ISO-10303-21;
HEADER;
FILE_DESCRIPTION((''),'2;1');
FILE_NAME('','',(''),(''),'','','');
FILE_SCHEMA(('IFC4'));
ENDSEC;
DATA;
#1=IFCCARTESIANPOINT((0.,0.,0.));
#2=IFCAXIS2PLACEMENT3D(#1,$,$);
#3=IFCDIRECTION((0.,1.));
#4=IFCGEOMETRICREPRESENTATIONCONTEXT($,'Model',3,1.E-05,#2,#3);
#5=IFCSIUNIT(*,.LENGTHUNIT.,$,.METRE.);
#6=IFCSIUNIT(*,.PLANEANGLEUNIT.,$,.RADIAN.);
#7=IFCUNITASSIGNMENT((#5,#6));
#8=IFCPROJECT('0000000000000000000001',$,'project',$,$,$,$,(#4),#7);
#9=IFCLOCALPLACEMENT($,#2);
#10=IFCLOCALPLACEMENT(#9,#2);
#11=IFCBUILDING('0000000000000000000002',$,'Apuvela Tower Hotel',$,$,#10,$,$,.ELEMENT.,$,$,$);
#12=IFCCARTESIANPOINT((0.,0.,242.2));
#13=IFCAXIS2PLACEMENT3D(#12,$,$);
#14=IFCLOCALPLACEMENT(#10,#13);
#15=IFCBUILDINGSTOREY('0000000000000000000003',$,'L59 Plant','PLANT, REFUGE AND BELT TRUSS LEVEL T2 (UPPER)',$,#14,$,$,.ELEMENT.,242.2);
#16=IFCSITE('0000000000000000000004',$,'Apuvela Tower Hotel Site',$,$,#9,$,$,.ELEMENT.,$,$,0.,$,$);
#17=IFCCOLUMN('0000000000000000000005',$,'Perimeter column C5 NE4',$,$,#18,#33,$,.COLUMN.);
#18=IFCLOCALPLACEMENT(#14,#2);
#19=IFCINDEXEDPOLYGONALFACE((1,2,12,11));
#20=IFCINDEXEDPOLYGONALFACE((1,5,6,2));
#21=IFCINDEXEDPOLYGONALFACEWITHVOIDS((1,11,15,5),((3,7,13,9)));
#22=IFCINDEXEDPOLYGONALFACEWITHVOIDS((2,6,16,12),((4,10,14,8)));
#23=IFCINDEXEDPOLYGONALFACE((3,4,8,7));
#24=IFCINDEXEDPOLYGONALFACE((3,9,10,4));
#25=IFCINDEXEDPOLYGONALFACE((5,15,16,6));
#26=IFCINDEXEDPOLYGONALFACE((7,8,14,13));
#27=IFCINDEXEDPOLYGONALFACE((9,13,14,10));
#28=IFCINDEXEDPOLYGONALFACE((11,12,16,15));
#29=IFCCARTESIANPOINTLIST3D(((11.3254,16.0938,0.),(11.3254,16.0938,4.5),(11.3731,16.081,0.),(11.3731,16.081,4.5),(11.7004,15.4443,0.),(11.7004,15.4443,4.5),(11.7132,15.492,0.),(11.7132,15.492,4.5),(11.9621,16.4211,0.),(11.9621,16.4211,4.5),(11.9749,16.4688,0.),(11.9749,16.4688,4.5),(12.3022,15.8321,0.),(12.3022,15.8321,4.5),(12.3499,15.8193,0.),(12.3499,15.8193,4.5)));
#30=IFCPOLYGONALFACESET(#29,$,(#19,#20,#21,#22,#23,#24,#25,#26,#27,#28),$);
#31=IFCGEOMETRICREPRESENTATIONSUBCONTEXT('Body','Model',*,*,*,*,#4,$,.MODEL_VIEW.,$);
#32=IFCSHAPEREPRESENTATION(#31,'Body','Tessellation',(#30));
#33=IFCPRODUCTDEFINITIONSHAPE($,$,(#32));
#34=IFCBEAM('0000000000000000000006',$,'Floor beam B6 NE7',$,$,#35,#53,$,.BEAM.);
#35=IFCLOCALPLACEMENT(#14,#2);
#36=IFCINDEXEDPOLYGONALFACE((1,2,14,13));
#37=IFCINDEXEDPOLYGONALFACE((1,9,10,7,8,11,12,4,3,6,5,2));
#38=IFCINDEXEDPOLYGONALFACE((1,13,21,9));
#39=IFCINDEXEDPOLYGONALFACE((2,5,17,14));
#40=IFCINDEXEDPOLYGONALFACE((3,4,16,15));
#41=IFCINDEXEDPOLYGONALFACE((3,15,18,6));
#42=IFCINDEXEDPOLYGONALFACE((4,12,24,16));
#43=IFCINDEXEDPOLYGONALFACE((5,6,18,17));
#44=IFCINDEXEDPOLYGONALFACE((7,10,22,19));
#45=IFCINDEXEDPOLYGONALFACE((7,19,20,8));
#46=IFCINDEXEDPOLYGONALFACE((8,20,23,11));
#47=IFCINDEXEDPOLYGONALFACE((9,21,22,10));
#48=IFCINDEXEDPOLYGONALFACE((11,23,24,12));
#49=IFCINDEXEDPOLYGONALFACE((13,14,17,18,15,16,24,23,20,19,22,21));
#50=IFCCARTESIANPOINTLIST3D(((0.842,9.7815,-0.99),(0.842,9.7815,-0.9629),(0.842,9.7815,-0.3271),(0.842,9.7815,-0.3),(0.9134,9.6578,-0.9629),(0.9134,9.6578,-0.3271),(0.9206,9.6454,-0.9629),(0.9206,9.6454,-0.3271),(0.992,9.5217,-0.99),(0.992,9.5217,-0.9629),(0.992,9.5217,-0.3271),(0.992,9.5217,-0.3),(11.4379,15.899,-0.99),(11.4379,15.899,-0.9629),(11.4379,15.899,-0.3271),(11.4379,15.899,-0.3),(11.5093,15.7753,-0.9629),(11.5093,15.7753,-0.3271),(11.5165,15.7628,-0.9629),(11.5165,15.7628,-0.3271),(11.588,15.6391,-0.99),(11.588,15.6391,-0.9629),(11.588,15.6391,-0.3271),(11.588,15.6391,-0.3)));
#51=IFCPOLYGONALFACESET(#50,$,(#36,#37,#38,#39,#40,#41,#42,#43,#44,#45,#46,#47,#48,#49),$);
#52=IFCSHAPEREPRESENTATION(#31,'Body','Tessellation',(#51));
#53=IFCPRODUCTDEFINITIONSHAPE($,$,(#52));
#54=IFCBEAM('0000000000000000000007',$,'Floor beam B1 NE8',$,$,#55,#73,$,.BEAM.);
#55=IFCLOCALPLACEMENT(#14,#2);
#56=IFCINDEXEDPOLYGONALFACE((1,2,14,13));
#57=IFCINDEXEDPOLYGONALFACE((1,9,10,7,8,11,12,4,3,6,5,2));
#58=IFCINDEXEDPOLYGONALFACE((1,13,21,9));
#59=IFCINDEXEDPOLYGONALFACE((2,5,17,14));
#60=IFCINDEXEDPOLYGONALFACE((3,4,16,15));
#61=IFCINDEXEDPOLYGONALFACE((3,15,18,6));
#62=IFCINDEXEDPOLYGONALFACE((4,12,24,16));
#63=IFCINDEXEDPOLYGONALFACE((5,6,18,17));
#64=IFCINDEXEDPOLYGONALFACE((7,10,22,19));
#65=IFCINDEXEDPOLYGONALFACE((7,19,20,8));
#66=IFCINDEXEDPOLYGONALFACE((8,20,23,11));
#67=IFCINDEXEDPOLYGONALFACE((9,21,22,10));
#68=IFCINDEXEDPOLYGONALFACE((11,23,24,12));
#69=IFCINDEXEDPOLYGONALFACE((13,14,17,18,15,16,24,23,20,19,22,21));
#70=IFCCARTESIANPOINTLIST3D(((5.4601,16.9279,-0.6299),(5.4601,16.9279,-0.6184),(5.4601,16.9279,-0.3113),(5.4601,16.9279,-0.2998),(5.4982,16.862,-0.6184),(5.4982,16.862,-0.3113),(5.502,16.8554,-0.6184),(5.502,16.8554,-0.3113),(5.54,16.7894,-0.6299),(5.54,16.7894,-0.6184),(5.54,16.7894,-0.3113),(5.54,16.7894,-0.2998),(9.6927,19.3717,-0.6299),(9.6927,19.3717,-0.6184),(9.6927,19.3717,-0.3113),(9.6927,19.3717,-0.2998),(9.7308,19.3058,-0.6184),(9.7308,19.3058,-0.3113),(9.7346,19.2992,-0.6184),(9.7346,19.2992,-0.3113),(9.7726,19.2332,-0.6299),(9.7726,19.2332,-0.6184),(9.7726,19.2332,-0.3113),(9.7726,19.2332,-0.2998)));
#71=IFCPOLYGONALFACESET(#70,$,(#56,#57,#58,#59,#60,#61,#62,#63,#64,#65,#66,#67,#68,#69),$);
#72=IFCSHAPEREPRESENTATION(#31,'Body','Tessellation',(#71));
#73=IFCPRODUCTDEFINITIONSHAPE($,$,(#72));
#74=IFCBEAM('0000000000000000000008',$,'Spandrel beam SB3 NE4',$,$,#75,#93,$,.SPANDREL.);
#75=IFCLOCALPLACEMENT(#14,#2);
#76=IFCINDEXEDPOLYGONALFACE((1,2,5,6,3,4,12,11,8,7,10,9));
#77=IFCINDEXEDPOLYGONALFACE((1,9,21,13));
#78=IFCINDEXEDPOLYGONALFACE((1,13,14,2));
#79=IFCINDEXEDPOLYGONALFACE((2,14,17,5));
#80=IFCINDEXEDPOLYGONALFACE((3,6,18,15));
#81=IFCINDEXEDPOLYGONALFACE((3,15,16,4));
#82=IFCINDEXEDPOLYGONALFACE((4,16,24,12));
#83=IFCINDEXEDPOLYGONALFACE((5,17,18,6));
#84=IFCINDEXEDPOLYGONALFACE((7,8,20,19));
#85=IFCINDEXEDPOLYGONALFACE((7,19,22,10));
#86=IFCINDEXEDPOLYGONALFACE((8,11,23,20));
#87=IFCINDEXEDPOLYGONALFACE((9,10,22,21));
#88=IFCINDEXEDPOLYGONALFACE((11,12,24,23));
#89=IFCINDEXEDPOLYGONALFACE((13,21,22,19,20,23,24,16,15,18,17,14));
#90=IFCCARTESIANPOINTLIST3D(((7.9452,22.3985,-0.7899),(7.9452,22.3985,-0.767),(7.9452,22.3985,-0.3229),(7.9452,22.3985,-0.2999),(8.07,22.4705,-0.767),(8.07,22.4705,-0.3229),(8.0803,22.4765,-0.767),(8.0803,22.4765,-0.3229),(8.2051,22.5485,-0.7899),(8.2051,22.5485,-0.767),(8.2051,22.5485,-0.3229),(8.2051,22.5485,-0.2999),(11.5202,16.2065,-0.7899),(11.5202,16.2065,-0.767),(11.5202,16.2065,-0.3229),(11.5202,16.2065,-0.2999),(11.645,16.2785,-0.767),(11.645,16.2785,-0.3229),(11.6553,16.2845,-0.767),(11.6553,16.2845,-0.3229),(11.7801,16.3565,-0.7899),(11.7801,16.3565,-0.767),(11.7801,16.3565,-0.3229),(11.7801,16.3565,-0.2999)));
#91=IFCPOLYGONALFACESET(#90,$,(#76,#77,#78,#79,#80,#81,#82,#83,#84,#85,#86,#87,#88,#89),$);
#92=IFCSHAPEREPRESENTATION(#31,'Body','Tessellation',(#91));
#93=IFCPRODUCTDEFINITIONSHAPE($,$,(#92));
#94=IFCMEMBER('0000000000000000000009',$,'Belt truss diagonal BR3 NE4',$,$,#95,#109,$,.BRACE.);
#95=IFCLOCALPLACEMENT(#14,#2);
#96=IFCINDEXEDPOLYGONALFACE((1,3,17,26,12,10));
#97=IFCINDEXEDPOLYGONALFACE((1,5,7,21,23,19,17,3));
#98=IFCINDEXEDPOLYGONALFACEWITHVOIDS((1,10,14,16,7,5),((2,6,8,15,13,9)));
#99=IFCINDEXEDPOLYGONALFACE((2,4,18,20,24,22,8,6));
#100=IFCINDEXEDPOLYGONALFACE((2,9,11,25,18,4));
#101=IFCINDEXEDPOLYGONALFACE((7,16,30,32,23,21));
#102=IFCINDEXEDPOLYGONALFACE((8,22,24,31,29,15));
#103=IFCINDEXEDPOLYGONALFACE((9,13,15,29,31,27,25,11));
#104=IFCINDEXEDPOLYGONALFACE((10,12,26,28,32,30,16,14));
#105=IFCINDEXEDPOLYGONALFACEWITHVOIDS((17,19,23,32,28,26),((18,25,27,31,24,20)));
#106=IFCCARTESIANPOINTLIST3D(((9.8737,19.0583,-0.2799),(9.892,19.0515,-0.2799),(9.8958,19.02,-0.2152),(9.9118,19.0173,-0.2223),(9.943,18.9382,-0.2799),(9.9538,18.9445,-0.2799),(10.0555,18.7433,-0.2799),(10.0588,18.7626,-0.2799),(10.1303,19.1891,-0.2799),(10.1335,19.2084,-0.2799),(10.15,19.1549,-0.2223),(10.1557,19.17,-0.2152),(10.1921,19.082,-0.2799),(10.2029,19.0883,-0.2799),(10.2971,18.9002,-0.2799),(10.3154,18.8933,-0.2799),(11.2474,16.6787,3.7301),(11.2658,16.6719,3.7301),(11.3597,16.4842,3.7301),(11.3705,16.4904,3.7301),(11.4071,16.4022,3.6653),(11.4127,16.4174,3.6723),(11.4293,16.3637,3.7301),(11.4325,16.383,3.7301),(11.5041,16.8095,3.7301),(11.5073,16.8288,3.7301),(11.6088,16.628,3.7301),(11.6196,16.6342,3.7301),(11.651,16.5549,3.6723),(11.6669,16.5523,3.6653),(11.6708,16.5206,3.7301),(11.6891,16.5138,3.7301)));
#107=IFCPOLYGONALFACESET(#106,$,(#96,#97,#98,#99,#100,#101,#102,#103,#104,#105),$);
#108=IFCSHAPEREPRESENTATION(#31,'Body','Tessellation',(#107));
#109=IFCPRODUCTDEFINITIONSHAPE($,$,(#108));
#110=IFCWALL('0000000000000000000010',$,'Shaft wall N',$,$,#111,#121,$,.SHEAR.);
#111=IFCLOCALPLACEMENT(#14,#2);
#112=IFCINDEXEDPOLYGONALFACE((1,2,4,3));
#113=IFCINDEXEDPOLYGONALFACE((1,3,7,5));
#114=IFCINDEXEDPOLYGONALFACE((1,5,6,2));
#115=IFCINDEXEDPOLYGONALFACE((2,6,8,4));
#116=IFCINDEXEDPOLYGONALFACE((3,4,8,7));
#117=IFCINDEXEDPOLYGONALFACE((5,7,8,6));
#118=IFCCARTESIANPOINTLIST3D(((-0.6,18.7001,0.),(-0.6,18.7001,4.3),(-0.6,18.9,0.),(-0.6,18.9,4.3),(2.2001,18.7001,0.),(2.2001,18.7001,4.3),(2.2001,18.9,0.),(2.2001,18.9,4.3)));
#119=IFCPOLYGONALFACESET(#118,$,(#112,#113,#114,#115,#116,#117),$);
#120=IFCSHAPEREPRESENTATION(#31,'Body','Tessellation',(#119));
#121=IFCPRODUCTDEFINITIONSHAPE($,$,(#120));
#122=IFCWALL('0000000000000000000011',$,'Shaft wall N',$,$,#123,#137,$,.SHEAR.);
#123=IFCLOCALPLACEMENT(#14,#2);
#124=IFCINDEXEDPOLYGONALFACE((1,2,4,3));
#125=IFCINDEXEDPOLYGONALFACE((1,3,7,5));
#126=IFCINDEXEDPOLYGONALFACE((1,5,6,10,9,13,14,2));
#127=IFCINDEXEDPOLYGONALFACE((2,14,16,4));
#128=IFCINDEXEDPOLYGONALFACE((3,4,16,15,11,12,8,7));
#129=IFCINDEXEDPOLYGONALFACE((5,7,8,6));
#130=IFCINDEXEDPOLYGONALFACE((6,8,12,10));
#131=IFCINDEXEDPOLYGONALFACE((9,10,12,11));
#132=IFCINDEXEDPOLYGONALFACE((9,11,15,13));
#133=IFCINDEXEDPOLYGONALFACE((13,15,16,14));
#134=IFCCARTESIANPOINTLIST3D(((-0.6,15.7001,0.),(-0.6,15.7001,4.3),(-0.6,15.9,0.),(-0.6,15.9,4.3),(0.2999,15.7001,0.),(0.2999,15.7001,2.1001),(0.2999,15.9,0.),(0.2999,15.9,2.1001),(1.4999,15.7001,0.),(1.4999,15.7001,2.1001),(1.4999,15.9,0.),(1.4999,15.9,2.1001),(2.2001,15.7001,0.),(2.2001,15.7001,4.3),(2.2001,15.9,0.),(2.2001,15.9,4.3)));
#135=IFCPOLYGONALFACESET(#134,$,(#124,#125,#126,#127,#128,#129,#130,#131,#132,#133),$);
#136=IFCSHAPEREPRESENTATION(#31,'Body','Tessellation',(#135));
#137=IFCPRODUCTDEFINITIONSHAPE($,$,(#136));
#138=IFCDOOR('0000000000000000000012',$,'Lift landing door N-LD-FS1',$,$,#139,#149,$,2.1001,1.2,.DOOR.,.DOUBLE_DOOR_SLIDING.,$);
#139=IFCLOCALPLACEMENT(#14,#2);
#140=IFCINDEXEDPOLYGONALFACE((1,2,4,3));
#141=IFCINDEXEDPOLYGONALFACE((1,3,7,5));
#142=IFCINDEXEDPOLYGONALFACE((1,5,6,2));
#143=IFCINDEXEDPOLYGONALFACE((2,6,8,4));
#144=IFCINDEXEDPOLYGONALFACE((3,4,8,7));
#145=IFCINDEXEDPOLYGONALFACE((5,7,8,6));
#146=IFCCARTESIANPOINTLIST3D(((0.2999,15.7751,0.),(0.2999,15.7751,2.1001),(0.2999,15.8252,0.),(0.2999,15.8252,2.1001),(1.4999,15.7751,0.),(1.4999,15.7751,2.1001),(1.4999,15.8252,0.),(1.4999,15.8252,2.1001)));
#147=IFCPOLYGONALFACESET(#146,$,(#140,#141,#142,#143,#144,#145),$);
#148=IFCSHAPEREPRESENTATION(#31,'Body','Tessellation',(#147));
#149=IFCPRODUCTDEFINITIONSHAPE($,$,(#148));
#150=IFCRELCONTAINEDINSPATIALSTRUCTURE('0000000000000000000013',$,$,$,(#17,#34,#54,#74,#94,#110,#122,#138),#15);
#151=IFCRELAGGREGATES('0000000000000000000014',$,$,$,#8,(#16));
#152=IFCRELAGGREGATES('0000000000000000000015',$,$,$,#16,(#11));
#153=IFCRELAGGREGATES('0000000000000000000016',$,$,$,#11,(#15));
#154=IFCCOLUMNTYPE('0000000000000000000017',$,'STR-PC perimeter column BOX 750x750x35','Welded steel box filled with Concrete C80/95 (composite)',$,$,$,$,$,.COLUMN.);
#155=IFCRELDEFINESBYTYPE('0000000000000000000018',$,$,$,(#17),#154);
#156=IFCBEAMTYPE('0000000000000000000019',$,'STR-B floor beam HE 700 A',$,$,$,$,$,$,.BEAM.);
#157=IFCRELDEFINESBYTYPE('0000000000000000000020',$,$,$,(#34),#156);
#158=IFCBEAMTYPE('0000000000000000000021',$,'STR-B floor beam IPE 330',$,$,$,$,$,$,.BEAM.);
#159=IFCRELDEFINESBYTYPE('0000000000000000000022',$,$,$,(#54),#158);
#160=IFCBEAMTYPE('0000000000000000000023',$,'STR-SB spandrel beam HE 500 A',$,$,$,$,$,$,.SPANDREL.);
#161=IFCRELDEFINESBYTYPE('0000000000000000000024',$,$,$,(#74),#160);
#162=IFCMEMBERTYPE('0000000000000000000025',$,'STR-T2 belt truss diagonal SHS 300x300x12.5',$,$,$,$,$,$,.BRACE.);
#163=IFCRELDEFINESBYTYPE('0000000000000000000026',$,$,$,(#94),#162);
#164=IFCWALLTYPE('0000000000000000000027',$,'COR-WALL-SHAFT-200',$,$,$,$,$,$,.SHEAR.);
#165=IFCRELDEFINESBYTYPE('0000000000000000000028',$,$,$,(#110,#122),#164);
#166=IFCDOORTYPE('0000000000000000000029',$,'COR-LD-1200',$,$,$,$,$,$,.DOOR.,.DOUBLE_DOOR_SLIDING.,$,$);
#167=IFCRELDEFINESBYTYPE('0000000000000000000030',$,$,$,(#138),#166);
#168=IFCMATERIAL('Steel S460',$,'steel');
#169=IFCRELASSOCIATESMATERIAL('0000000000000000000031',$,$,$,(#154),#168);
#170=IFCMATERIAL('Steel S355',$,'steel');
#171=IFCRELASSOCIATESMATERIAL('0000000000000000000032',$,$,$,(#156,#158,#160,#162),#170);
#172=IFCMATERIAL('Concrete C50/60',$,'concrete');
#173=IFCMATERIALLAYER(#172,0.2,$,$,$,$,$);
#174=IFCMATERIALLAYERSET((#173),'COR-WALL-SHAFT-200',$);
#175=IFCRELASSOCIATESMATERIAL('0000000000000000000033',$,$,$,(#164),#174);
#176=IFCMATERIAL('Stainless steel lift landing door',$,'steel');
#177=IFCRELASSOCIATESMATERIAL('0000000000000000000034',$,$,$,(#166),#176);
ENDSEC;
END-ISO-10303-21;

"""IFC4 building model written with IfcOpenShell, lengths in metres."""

from ifc_helpers import new_model, si_unit, direction, frame, frame_2d, origin, origin_2d, place, context, subcontext, project, spatial, rectangle, hollow_rectangle, i_section, extrude, boolean, halfspace, material, layer, layer_set, material_profile, profile_set, type_object, element, fill, save


model = new_model("IFC4")

# Units and contexts
model_context = context("Model", 3, precision=1e-05, world=origin(), true_north=direction((0.0, 1.0)))
body_context = subcontext(model_context, "Body", "Model", "MODEL_VIEW")
ifc_project = project(units=[si_unit("LENGTHUNIT", "METRE"), si_unit("PLANEANGLEUNIT", "RADIAN")], contexts=[model_context])

# Site, building, storey
site_placement = place(None, origin())
site = spatial("IfcSite", under=ifc_project, at=site_placement, Name="Apuvela Tower Hotel Site", CompositionType="ELEMENT", RefElevation=0.0)
building_placement = place(site_placement, origin())
building = spatial("IfcBuilding", under=site, at=building_placement, Name="Apuvela Tower Hotel", CompositionType="ELEMENT")
storey_placement = place(building_placement, frame((0.0, 0.0, 242.2)))
storey = spatial("IfcBuildingStorey", under=building, at=storey_placement, Name="L59 Plant", Description="PLANT, REFUGE AND BELT TRUSS LEVEL T2 (UPPER)", CompositionType="ELEMENT", Elevation=242.2)

# Column
ifc_material_1 = material(Name="Steel S460", Category="steel")
ifc_material_profile_1 = material_profile(ifc_material_1, hollow_rectangle(XDim=0.75, YDim=0.75, WallThickness=0.0349, at=origin_2d()), Name="BOX 750x750x35")
ifc_material_2 = material(Name="Concrete C80/95", Category="concrete")
ifc_material_profile_2 = material_profile(ifc_material_2, rectangle(XDim=0.6799, YDim=0.6799, at=origin_2d()), Name="Concrete C80/95 infill")
ifc_profile_set_1 = profile_set([ifc_material_profile_1, ifc_material_profile_2], Name="Steel S460")
column_type = type_object("IfcColumnType", Name="STR-PC perimeter column BOX 750x750x35", Description="Welded steel box filled with Concrete C80/95 (composite)", PredefinedType="COLUMN", material=ifc_profile_set_1)
column_placement = place(storey_placement, frame((11.8376, 15.9565, 0.0), z_axis=(0.0, 0.0, 1.0), x_axis=(-0.5, 0.866025, 0.0)))
element("IfcColumn", 1, at=column_placement, inside=storey, type_object=column_type, Name="Perimeter column C5 NE4", PredefinedType="COLUMN", context=body_context, shape_type="SweptSolid", body=[
    extrude(hollow_rectangle(XDim=0.75, YDim=0.75, WallThickness=0.0349, at=origin_2d()), origin(), (0.0, 0.0, 1.0), 4.5),
])

# Beams
ifc_material_3 = material(Name="Steel S355", Category="steel")
ifc_material_profile_3 = material_profile(ifc_material_3, i_section(OverallWidth=0.3, OverallDepth=0.6899, WebThickness=0.0144, FlangeThickness=0.0271, at=origin_2d()), Name="HE 700 A")
ifc_profile_set_2 = profile_set([ifc_material_profile_3], Name="Steel S355")
beam_type_1 = type_object("IfcBeamType", Name="STR-B floor beam HE 700 A", PredefinedType="BEAM", material=ifc_profile_set_2)
beam_1_placement = place(storey_placement, frame((11.5129, 15.769, -0.645), z_axis=(-0.86603, -0.499991, 0.0), x_axis=(0.499991, -0.86603, 0.0)))
element("IfcBeam", 2, at=beam_1_placement, inside=storey, type_object=beam_type_1, Name="Floor beam B6 NE7", PredefinedType="BEAM", context=body_context, shape_type="SweptSolid", body=[
    extrude(i_section(OverallWidth=0.3, OverallDepth=0.6899, WebThickness=0.0144, FlangeThickness=0.0271, at=origin_2d()), origin(), (0.0, 0.0, 1.0), 12.2351),
])
ifc_material_profile_4 = material_profile(ifc_material_3, i_section(OverallWidth=0.1599, OverallDepth=0.3301, WebThickness=0.0076, FlangeThickness=0.0115, at=origin_2d()), Name="IPE 330")
ifc_profile_set_3 = profile_set([ifc_material_profile_4], Name="Steel S355")
beam_type_2 = type_object("IfcBeamType", Name="STR-B floor beam IPE 330", PredefinedType="BEAM", material=ifc_profile_set_3)
beam_2_placement = place(storey_placement, frame((9.7327, 19.3025, -0.4648), z_axis=(-0.866015, -0.500018, 0.0), x_axis=(0.500018, -0.866015, 0.0)))
element("IfcBeam", 3, at=beam_2_placement, inside=storey, type_object=beam_type_2, Name="Floor beam B1 NE8", PredefinedType="BEAM", context=body_context, shape_type="SweptSolid", body=[
    extrude(i_section(OverallWidth=0.1599, OverallDepth=0.3301, WebThickness=0.0076, FlangeThickness=0.0115, at=origin_2d()), origin(), (0.0, 0.0, 1.0), 4.8875),
])
ifc_material_profile_5 = material_profile(ifc_material_3, i_section(OverallWidth=0.3, OverallDepth=0.49, WebThickness=0.012, FlangeThickness=0.0229, at=origin_2d()), Name="HE 500 A")
ifc_profile_set_4 = profile_set([ifc_material_profile_5], Name="Steel S355")
beam_type_3 = type_object("IfcBeamType", Name="STR-SB spandrel beam HE 500 A", PredefinedType="SPANDREL", material=ifc_profile_set_4)
beam_3_placement = place(storey_placement, frame((11.6501, 16.2815, -0.5449), z_axis=(-0.500006, 0.866022, 0.0), x_axis=(-0.866022, -0.500006, 0.0)))
element("IfcBeam", 4, at=beam_3_placement, inside=storey, type_object=beam_type_3, Name="Spandrel beam SB3 NE4", PredefinedType="SPANDREL", context=body_context, shape_type="SweptSolid", body=[
    extrude(i_section(OverallWidth=0.3, OverallDepth=0.49, WebThickness=0.012, FlangeThickness=0.0229, at=origin_2d()), origin(), (0.0, 0.0, 1.0), 7.1499),
])

# Member
ifc_material_profile_6 = material_profile(ifc_material_3, hollow_rectangle(XDim=0.3, YDim=0.3, WallThickness=0.0125, at=origin_2d()), Name="SHS 300x300x12.5")
ifc_profile_set_5 = profile_set([ifc_material_profile_6], Name="Steel S355")
member_type = type_object("IfcMemberType", Name="STR-T2 belt truss diagonal SHS 300x300x12.5", PredefinedType="BRACE", material=ifc_profile_set_5)
member_placement = place(storey_placement, frame((10.0876, 18.9878, -0.3), z_axis=(0.282601, -0.489518, 0.82493), x_axis=(-0.412441, 0.714424, 0.565235)))
solid = boolean("DIFFERENCE", boolean("DIFFERENCE", extrude(hollow_rectangle(XDim=0.3, YDim=0.3, WallThickness=0.0125, at=origin_2d()), frame((0.0, 0.0, -0.2229)), (0.0, 0.0, 1.0), 5.3552), halfspace(frame((0.0, 0.0, 0.0244), z_axis=(0.565235, 0.0, 0.82493), x_axis=(0.82493, 0.0, -0.565235)), True)), halfspace(frame((0.0, 0.0, 4.8855), z_axis=(0.565235, 0.0, 0.82493), x_axis=(0.82493, 0.0, -0.565235)), False))
element("IfcMember", 5, at=member_placement, inside=storey, type_object=member_type, Name="Belt truss diagonal BR3 NE4", PredefinedType="BRACE", context=body_context, shape_type="SweptSolid", body=[
    boolean("UNION", boolean("DIFFERENCE", boolean("DIFFERENCE", extrude(hollow_rectangle(XDim=0.3, YDim=0.3, WallThickness=0.0125, at=origin_2d()), origin(), (0.0, 0.0, 1.0), 4.9097), halfspace(frame((0.0, 0.0, 0.0244), z_axis=(0.565235, 0.0, 0.82493), x_axis=(0.82493, 0.0, -0.565235)), True)), halfspace(frame((0.0, 0.0, 4.8855), z_axis=(0.565235, 0.0, 0.82493), x_axis=(0.82493, 0.0, -0.565235)), False)), solid),
])

# Wall
ifc_material_4 = material(Name="Concrete C50/60", Category="concrete")
ifc_layer_1 = layer(ifc_material_4, 0.2)
ifc_layer_set_1 = layer_set([ifc_layer_1], Name="COR-WALL-SHAFT-200")
wall_type_1 = type_object("IfcWallType", Name="COR-WALL-SHAFT-200", PredefinedType="SHEAR", material=ifc_layer_set_1)
wall_1_placement = place(storey_placement, frame((2.2, 18.8, 0.0), z_axis=(0.0, 0.0, 1.0), x_axis=(-1.0, 0.0, 0.0)))
element("IfcWall", 6, at=wall_1_placement, inside=storey, type_object=wall_type_1, Name="Shaft wall N", PredefinedType="SHEAR", context=body_context, shape_type="SweptSolid", body=[
    extrude(rectangle(XDim=2.8, YDim=0.2, at=frame_2d((1.3999, 0.0))), origin(), (0.0, 0.0, 1.0), 4.3),
])

# Wall, opening, door
wall_2_placement = place(storey_placement, frame((2.2, 15.8, 0.0), z_axis=(0.0, 0.0, 1.0), x_axis=(-1.0, 0.0, 0.0)))
wall_2 = element("IfcWall", 7, at=wall_2_placement, inside=storey, type_object=wall_type_1, Name="Shaft wall N", PredefinedType="SHEAR", context=body_context, shape_type="SweptSolid", body=[
    extrude(rectangle(XDim=2.8, YDim=0.2, at=frame_2d((1.3999, 0.0))), origin(), (0.0, 0.0, 1.0), 4.3),
])
opening_1_placement = place(wall_2_placement, frame((0.7, 0.0, 0.0)))
opening_1 = element("IfcOpeningElement", 8, at=opening_1_placement, cuts=wall_2, PredefinedType="OPENING", context=body_context, shape_type="SweptSolid", body=[
    extrude(rectangle(XDim=1.2, YDim=2.1001, at=frame_2d((0.6001, 1.05))), frame((0.0, 0.1099, 0.0), z_axis=(0.0, -1.0, 0.0), x_axis=(1.0, 0.0, 0.0)), (0.0, 0.0, 1.0), 0.22),
])
ifc_material_5 = material(Name="Stainless steel lift landing door", Category="steel")
door_type_1 = type_object("IfcDoorType", Name="COR-LD-1200", OperationType="DOUBLE_DOOR_SLIDING", PredefinedType="DOOR", material=ifc_material_5)
door_1_placement = place(opening_1_placement, origin())
door_1 = element("IfcDoor", 9, at=door_1_placement, inside=storey, type_object=door_type_1, Name="Lift landing door N-LD-FS1", OperationType="DOUBLE_DOOR_SLIDING", OverallHeight=2.1001, OverallWidth=1.2, PredefinedType="DOOR", context=body_context, shape_type="SweptSolid", body=[
    extrude(rectangle(XDim=1.2, YDim=2.1001, at=frame_2d((0.6001, 1.05))), frame((0.0, 0.0249, 0.0), z_axis=(0.0, -1.0, 0.0), x_axis=(1.0, 0.0, 0.0)), (0.0, 0.0, 1.0), 0.05),
])
fill(opening_1, door_1)

save(model, "model.ifc")
